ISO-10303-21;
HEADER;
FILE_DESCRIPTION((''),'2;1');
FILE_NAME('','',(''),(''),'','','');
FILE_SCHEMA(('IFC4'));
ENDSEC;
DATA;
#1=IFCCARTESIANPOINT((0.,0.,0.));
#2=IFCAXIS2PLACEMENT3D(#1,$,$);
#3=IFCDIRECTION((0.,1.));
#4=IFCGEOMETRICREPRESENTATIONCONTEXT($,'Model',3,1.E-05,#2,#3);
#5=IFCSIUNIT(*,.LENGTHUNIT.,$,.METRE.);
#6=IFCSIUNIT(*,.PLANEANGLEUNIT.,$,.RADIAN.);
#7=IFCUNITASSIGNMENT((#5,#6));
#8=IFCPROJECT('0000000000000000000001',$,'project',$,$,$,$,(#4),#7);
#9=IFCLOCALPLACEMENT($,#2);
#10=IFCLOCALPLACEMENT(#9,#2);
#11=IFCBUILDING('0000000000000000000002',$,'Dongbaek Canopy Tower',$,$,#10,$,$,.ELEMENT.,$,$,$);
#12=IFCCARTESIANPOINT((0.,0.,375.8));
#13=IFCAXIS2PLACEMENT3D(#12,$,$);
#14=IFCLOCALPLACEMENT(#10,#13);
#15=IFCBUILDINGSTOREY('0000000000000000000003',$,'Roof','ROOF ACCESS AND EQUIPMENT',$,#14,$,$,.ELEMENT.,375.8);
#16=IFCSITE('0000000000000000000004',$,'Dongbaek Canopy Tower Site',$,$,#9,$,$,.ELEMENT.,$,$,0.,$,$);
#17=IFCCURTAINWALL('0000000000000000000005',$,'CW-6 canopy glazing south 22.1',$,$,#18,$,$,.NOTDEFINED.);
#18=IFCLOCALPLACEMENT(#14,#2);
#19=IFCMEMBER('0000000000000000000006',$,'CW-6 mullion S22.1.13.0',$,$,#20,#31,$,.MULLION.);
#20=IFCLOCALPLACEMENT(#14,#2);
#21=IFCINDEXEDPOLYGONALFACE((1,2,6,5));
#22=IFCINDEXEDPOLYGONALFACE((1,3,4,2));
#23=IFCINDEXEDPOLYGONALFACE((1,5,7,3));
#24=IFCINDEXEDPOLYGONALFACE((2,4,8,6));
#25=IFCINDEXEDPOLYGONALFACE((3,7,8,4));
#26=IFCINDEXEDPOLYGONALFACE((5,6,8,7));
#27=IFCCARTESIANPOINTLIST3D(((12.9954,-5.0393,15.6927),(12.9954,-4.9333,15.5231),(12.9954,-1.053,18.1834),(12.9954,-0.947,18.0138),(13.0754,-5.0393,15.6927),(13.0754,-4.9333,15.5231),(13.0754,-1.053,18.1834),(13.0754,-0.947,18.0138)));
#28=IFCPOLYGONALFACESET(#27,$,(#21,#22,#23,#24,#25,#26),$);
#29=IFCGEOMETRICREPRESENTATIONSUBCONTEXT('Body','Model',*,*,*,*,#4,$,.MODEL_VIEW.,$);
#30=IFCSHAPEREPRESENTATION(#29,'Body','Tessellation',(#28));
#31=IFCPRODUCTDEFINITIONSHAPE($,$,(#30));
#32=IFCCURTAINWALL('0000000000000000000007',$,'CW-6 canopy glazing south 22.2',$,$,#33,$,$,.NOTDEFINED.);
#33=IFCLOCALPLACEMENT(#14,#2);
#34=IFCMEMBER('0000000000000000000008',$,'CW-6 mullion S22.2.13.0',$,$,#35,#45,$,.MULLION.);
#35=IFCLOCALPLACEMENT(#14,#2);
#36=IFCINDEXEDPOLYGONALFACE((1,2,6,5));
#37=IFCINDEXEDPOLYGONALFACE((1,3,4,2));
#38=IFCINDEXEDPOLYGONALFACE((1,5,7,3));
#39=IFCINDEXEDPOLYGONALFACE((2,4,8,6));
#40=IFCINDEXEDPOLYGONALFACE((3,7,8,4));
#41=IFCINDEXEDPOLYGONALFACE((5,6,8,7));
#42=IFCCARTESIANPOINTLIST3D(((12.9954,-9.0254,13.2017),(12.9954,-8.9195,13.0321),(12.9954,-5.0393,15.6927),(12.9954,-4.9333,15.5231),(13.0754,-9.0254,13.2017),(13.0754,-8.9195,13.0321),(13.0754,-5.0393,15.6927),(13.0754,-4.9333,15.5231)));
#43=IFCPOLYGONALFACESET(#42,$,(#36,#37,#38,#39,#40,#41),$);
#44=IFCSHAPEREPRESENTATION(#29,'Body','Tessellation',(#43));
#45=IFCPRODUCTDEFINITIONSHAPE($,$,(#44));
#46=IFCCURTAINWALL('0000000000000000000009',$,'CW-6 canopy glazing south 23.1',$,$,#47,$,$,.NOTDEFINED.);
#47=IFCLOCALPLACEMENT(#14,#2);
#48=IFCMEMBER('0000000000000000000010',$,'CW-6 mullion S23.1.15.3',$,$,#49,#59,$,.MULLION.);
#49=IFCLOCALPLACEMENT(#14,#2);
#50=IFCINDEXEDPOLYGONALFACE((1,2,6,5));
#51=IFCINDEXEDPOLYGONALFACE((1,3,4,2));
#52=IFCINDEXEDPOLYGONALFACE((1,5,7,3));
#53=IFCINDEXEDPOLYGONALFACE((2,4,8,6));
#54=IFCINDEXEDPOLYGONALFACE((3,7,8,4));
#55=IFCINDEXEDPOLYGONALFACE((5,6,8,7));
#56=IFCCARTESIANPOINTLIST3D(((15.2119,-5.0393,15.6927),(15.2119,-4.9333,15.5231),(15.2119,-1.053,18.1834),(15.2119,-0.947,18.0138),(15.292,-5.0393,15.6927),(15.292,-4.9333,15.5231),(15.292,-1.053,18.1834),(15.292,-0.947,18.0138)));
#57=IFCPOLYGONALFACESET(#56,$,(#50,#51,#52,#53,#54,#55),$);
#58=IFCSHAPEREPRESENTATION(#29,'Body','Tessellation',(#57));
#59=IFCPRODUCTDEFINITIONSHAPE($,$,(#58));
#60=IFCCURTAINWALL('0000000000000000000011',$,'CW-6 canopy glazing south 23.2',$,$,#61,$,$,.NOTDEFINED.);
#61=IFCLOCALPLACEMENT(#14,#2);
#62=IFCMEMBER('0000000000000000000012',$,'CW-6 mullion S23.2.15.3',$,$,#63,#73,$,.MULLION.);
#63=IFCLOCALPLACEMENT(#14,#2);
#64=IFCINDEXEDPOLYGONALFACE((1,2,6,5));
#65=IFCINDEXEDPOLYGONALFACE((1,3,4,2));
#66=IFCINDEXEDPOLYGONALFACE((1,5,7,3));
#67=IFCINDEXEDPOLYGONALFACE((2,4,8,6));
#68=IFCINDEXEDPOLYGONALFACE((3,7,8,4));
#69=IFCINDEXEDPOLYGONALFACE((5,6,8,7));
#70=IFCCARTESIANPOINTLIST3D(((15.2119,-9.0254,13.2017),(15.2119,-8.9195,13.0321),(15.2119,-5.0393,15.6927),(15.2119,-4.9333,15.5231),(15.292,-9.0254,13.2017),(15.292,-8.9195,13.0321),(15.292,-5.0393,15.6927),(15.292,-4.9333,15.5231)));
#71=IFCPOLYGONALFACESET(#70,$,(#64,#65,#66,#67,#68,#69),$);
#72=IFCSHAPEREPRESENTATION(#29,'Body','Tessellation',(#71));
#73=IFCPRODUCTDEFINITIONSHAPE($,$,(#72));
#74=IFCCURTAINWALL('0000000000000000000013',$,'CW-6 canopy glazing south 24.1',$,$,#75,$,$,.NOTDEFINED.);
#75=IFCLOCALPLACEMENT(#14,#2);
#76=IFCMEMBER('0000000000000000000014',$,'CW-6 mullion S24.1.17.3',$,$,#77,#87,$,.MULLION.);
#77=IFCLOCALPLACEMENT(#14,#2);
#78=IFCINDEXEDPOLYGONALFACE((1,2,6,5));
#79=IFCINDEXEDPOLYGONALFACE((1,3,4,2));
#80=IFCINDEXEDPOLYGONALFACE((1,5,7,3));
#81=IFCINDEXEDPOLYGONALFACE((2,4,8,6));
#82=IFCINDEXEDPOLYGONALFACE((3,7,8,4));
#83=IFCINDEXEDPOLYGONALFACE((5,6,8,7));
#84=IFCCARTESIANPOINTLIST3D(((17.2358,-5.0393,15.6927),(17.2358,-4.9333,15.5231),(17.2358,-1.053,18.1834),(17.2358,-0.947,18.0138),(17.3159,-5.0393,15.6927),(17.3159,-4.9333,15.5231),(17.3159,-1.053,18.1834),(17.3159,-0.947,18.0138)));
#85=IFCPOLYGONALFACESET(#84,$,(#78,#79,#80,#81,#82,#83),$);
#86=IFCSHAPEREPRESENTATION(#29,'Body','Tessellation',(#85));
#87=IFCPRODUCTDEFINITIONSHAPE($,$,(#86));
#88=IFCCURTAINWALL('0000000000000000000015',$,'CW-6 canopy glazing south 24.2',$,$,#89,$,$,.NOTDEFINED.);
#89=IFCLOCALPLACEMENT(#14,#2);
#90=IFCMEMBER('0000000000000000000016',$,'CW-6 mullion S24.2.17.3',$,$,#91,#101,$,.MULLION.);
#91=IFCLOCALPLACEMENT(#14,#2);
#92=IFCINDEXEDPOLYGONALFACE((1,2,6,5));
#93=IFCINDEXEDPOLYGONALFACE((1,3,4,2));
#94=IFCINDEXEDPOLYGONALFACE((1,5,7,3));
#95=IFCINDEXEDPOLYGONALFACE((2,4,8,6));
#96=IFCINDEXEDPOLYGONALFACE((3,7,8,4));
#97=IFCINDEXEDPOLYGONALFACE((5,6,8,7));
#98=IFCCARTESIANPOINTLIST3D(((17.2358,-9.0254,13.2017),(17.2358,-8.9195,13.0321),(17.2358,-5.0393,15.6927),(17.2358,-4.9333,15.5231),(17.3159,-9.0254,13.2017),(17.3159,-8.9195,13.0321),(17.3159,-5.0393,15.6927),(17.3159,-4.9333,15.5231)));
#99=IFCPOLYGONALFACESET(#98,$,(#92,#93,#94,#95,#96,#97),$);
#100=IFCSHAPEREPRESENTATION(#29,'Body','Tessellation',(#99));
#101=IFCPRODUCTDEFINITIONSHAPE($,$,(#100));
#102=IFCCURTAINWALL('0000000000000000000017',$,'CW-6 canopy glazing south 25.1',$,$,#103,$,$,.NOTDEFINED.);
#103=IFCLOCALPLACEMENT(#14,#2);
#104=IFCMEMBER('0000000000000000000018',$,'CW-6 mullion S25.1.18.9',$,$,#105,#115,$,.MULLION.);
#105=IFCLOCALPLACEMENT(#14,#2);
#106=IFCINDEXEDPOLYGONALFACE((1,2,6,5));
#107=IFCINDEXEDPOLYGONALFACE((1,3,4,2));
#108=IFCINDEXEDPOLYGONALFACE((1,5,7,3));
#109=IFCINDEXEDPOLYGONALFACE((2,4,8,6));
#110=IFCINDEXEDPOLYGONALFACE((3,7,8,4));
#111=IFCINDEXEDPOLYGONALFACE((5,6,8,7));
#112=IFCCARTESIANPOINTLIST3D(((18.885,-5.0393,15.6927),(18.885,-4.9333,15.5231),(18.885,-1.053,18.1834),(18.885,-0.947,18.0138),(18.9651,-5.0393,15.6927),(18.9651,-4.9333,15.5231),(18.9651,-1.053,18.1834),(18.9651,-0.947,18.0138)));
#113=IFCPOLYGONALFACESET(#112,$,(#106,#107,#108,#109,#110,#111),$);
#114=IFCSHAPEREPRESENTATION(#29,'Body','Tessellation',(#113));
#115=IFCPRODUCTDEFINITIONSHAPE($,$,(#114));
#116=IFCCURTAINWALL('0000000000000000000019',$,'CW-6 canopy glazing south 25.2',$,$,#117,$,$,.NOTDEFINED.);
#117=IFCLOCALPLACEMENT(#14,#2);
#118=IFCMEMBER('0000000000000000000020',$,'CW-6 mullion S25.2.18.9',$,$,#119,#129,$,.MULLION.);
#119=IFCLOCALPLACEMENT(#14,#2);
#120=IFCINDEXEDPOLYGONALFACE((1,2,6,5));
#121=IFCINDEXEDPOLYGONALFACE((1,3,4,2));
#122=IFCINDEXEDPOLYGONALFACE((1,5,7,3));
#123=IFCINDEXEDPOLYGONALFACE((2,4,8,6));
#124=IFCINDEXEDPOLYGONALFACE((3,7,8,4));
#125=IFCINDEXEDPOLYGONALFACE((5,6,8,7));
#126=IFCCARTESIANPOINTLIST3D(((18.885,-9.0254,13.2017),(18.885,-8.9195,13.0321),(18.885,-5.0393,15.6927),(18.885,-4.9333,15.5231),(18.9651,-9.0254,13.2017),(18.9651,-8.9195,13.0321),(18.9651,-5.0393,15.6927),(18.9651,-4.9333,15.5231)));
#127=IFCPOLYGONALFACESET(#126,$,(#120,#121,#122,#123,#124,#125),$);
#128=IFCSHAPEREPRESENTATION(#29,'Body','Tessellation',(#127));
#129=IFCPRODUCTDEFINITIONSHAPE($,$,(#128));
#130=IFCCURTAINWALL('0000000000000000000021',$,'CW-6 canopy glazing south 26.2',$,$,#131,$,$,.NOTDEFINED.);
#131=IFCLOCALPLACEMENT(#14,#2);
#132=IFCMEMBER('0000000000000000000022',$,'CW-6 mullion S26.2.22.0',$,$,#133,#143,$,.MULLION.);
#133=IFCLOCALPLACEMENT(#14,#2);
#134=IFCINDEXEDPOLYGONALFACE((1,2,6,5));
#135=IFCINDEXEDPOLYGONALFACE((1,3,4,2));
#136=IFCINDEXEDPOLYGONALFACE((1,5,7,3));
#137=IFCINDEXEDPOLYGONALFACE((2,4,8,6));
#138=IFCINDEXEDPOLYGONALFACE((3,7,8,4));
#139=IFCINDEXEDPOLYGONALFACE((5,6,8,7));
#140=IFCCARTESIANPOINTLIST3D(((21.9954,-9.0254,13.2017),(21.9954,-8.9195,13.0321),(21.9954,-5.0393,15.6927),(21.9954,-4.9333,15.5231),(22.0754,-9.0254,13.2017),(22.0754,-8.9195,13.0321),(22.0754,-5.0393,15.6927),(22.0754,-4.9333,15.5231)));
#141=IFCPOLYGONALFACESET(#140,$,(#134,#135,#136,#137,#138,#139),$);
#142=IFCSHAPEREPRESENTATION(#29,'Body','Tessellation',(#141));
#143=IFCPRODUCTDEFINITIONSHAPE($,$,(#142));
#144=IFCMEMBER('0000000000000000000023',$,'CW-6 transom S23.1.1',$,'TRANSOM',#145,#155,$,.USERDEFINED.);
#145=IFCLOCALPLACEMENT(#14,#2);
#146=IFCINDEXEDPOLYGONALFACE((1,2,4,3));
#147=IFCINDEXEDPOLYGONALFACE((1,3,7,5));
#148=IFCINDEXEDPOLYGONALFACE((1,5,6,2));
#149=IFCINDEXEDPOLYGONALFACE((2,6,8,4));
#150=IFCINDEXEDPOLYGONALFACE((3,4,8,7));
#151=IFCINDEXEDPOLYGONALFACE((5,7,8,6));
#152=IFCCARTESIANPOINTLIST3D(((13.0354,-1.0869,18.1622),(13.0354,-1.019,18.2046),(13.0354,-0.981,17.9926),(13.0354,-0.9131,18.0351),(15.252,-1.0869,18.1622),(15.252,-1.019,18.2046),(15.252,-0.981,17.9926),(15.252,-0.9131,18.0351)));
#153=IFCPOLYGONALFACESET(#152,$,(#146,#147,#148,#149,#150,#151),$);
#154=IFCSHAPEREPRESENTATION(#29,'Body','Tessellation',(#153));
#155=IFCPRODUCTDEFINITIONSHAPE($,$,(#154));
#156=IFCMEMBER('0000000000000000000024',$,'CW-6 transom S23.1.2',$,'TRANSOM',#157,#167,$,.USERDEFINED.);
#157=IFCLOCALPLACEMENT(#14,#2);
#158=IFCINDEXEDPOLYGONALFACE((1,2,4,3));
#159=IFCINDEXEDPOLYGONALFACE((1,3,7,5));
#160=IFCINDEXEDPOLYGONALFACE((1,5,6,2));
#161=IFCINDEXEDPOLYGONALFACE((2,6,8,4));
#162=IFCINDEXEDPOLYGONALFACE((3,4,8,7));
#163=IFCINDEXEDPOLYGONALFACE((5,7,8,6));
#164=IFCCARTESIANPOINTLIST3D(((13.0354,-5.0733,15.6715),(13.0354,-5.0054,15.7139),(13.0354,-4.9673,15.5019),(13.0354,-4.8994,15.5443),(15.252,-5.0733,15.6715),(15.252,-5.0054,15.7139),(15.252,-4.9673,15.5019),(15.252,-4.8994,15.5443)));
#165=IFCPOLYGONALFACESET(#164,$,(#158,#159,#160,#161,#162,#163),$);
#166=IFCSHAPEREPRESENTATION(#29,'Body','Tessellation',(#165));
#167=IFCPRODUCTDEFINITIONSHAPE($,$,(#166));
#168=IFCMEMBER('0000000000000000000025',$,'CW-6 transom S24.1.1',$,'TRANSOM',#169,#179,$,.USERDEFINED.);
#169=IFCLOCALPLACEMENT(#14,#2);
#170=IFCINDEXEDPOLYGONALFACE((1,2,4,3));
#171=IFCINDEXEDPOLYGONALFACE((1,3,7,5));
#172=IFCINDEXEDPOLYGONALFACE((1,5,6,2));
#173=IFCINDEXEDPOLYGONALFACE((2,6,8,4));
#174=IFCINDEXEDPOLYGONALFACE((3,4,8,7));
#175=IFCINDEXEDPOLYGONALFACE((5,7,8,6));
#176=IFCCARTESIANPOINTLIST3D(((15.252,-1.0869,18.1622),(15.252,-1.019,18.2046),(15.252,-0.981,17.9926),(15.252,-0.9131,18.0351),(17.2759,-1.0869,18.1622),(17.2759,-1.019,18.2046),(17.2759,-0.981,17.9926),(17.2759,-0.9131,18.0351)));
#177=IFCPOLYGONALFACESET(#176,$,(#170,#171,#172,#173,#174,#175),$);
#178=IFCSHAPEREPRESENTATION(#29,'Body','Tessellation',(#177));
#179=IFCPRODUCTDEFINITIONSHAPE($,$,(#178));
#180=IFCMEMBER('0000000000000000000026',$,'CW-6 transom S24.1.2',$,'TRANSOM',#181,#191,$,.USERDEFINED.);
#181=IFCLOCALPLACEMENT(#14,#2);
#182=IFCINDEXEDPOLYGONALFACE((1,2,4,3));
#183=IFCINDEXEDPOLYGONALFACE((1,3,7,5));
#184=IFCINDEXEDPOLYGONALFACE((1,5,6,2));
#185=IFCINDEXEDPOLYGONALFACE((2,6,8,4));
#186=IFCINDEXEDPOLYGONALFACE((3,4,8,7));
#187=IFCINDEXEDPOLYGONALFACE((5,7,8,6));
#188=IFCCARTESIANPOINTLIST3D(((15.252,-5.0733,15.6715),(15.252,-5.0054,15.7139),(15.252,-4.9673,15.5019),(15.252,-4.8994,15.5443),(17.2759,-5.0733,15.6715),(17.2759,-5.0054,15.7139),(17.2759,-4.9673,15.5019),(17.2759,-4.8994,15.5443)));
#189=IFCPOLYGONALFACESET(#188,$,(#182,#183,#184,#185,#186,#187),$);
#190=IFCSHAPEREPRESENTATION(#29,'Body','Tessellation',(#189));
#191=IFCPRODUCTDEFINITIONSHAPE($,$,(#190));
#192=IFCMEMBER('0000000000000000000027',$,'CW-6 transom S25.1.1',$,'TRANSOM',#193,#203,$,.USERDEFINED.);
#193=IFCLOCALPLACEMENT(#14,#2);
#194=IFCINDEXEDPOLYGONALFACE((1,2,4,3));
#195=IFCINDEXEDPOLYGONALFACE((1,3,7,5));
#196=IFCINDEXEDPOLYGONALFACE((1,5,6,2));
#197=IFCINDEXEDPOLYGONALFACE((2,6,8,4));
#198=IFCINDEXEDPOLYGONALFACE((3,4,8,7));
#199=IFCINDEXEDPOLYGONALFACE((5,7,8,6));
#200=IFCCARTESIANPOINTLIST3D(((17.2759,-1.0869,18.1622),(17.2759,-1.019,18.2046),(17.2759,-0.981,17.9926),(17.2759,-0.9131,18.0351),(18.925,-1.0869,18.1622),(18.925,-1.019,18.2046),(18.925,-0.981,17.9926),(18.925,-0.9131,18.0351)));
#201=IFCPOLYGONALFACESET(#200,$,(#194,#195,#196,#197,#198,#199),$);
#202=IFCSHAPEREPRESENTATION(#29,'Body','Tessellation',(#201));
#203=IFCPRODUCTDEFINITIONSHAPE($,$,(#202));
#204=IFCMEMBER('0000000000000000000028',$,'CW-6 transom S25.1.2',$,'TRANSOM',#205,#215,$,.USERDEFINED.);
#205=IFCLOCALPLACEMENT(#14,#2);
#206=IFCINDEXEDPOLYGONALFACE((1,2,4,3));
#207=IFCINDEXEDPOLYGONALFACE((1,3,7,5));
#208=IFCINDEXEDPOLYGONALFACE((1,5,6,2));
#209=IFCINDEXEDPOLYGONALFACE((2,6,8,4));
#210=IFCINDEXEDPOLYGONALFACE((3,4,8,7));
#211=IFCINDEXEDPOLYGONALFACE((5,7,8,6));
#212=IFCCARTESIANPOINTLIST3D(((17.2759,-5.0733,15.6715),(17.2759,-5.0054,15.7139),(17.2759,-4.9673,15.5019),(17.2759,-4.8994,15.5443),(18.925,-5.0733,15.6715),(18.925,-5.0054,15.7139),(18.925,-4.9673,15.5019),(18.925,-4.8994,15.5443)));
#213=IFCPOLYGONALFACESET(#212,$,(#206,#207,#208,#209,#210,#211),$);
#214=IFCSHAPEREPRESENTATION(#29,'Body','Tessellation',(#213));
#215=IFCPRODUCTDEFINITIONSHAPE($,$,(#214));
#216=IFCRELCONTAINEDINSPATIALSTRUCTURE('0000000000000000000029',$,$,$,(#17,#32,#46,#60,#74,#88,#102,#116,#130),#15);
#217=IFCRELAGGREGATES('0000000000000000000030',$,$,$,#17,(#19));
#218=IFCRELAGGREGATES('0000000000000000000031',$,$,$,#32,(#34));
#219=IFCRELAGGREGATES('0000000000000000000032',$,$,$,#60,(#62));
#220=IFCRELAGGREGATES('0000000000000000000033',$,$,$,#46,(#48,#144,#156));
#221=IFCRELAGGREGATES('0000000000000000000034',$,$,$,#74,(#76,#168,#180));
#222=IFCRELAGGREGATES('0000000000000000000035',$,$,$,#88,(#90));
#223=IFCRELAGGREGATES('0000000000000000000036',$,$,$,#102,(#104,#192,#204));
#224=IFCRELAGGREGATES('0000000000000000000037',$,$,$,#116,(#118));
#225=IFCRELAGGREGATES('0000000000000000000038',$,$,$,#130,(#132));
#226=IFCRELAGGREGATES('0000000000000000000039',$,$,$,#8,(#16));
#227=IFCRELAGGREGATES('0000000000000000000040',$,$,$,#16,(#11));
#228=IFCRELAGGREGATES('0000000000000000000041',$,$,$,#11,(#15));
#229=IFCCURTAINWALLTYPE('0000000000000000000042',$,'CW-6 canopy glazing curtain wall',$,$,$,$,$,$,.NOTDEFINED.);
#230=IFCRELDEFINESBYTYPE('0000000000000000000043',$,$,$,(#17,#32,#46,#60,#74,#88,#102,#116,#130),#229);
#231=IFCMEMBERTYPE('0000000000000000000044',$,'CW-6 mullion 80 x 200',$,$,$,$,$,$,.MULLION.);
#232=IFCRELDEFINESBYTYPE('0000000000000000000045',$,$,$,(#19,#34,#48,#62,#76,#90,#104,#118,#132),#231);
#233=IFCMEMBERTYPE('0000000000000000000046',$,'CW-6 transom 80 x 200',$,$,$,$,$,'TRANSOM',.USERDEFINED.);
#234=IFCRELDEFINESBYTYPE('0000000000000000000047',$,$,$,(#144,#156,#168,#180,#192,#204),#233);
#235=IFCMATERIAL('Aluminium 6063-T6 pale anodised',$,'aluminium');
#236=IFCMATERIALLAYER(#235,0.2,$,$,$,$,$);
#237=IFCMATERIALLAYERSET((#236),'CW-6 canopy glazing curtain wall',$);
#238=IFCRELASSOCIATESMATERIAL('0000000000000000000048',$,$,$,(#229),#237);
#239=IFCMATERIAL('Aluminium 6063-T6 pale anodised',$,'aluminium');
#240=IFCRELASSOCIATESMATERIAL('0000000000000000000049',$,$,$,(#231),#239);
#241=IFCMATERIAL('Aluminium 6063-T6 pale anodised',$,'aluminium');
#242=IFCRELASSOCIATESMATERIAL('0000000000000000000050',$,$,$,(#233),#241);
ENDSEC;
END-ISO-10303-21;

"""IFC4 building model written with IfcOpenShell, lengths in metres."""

from ifc_helpers import new_model, si_unit, direction, frame, origin, origin_2d, place, context, subcontext, project, spatial, rectangle, extrude, material, layer, layer_set, material_profile, profile_set, type_object, element, aggregate, save


model = new_model("IFC4")

# Units and contexts
model_context = context("Model", 3, precision=1e-05, world=origin(), true_north=direction((0.0, 1.0)))
body_context = subcontext(model_context, "Body", "Model", "MODEL_VIEW")
ifc_project = project(units=[si_unit("LENGTHUNIT", "METRE"), si_unit("PLANEANGLEUNIT", "RADIAN")], contexts=[model_context])

# Site, building, storey
site_placement = place(None, origin())
site = spatial("IfcSite", under=ifc_project, at=site_placement, Name="Dongbaek Canopy Tower Site", CompositionType="ELEMENT", RefElevation=0.0)
building_placement = place(site_placement, origin())
building = spatial("IfcBuilding", under=site, at=building_placement, Name="Dongbaek Canopy Tower", CompositionType="ELEMENT")
storey_placement = place(building_placement, frame((0.0, 0.0, 375.8)))
storey = spatial("IfcBuildingStorey", under=building, at=storey_placement, Name="Roof", Description="ROOF ACCESS AND EQUIPMENT", CompositionType="ELEMENT", Elevation=375.8)

# Curtain walls, members
ifc_material_1 = material(Name="Aluminium 6063-T6 pale anodised", Category="aluminium")
ifc_layer_1 = layer(ifc_material_1, 0.2)
ifc_layer_set_1 = layer_set([ifc_layer_1], Name="CW-6 canopy glazing curtain wall")
curtain_wall_type = type_object("IfcCurtainWallType", Name="CW-6 canopy glazing curtain wall", PredefinedType="NOTDEFINED", material=ifc_layer_set_1)
curtain_wall_1_placement = place(storey_placement, origin())
curtain_wall_1 = element("IfcCurtainWall", 1, at=curtain_wall_1_placement, inside=storey, type_object=curtain_wall_type, Name="CW-6 canopy glazing south 22.1", PredefinedType="NOTDEFINED")
ifc_material_2 = material(Name="Aluminium 6063-T6 pale anodised", Category="aluminium")
ifc_material_profile_1 = material_profile(ifc_material_2, rectangle(XDim=0.0801, YDim=0.2, at=origin_2d()), Name="CW-6 mullion 80 x 200")
ifc_profile_set_1 = profile_set([ifc_material_profile_1], Name="Aluminium 6063-T6 pale anodised")
member_type_1 = type_object("IfcMemberType", Name="CW-6 mullion 80 x 200", PredefinedType="MULLION", material=ifc_profile_set_1)
member_1_placement = place(storey_placement, frame((13.0354, -1.0, 18.0986), z_axis=(0.0, -0.848068, -0.529887), x_axis=(1.0, 0.0, 0.0)))
member_1 = element("IfcMember", 2, at=member_1_placement, type_object=member_type_1, Name="CW-6 mullion S22.1.13.0", PredefinedType="MULLION", context=body_context, shape_type="SweptSolid", body=[
    extrude(rectangle(XDim=0.0801, YDim=0.2, at=origin_2d()), origin(), (0.0, 0.0, 1.0), 4.7004),
])
aggregate(curtain_wall_1, [member_1])
curtain_wall_2_placement = place(storey_placement, origin())
curtain_wall_2 = element("IfcCurtainWall", 3, at=curtain_wall_2_placement, inside=storey, type_object=curtain_wall_type, Name="CW-6 canopy glazing south 22.2", PredefinedType="NOTDEFINED")
member_2_placement = place(storey_placement, frame((13.0354, -4.9863, 15.6079), z_axis=(0.0, -0.84803, -0.529948), x_axis=(1.0, 0.0, 0.0)))
member_2 = element("IfcMember", 4, at=member_2_placement, type_object=member_type_1, Name="CW-6 mullion S22.2.13.0", PredefinedType="MULLION", context=body_context, shape_type="SweptSolid", body=[
    extrude(rectangle(XDim=0.0801, YDim=0.2, at=origin_2d()), origin(), (0.0, 0.0, 1.0), 4.7004),
])
aggregate(curtain_wall_2, [member_2])
curtain_wall_3_placement = place(storey_placement, origin())
curtain_wall_3 = element("IfcCurtainWall", 5, at=curtain_wall_3_placement, inside=storey, type_object=curtain_wall_type, Name="CW-6 canopy glazing south 23.1", PredefinedType="NOTDEFINED")
member_3_placement = place(storey_placement, frame((15.252, -1.0, 18.0986), z_axis=(0.0, -0.848068, -0.529887), x_axis=(1.0, 0.0, 0.0)))
member_3 = element("IfcMember", 6, at=member_3_placement, type_object=member_type_1, Name="CW-6 mullion S23.1.15.3", PredefinedType="MULLION", context=body_context, shape_type="SweptSolid", body=[
    extrude(rectangle(XDim=0.0801, YDim=0.2, at=origin_2d()), origin(), (0.0, 0.0, 1.0), 4.7004),
])
curtain_wall_4_placement = place(storey_placement, origin())
curtain_wall_4 = element("IfcCurtainWall", 7, at=curtain_wall_4_placement, inside=storey, type_object=curtain_wall_type, Name="CW-6 canopy glazing south 23.2", PredefinedType="NOTDEFINED")
member_4_placement = place(storey_placement, frame((15.252, -4.9863, 15.6079), z_axis=(0.0, -0.84803, -0.529948), x_axis=(1.0, 0.0, 0.0)))
member_4 = element("IfcMember", 8, at=member_4_placement, type_object=member_type_1, Name="CW-6 mullion S23.2.15.3", PredefinedType="MULLION", context=body_context, shape_type="SweptSolid", body=[
    extrude(rectangle(XDim=0.0801, YDim=0.2, at=origin_2d()), origin(), (0.0, 0.0, 1.0), 4.7004),
])
aggregate(curtain_wall_4, [member_4])
curtain_wall_5_placement = place(storey_placement, origin())
curtain_wall_5 = element("IfcCurtainWall", 9, at=curtain_wall_5_placement, inside=storey, type_object=curtain_wall_type, Name="CW-6 canopy glazing south 24.1", PredefinedType="NOTDEFINED")
member_5_placement = place(storey_placement, frame((17.2759, -1.0, 18.0986), z_axis=(0.0, -0.848068, -0.529887), x_axis=(1.0, 0.0, 0.0)))
member_5 = element("IfcMember", 10, at=member_5_placement, type_object=member_type_1, Name="CW-6 mullion S24.1.17.3", PredefinedType="MULLION", context=body_context, shape_type="SweptSolid", body=[
    extrude(rectangle(XDim=0.0801, YDim=0.2, at=origin_2d()), origin(), (0.0, 0.0, 1.0), 4.7004),
])
curtain_wall_6_placement = place(storey_placement, origin())
curtain_wall_6 = element("IfcCurtainWall", 11, at=curtain_wall_6_placement, inside=storey, type_object=curtain_wall_type, Name="CW-6 canopy glazing south 24.2", PredefinedType="NOTDEFINED")
member_6_placement = place(storey_placement, frame((17.2759, -4.9863, 15.6079), z_axis=(0.0, -0.84803, -0.529948), x_axis=(1.0, 0.0, 0.0)))
member_6 = element("IfcMember", 12, at=member_6_placement, type_object=member_type_1, Name="CW-6 mullion S24.2.17.3", PredefinedType="MULLION", context=body_context, shape_type="SweptSolid", body=[
    extrude(rectangle(XDim=0.0801, YDim=0.2, at=origin_2d()), origin(), (0.0, 0.0, 1.0), 4.7004),
])
curtain_wall_7_placement = place(storey_placement, origin())
curtain_wall_7 = element("IfcCurtainWall", 13, at=curtain_wall_7_placement, inside=storey, type_object=curtain_wall_type, Name="CW-6 canopy glazing south 25.1", PredefinedType="NOTDEFINED")
member_7_placement = place(storey_placement, frame((18.925, -1.0, 18.0986), z_axis=(0.0, -0.848068, -0.529887), x_axis=(1.0, 0.0, 0.0)))
member_7 = element("IfcMember", 14, at=member_7_placement, type_object=member_type_1, Name="CW-6 mullion S25.1.18.9", PredefinedType="MULLION", context=body_context, shape_type="SweptSolid", body=[
    extrude(rectangle(XDim=0.0801, YDim=0.2, at=origin_2d()), origin(), (0.0, 0.0, 1.0), 4.7004),
])
curtain_wall_8_placement = place(storey_placement, origin())
curtain_wall_8 = element("IfcCurtainWall", 15, at=curtain_wall_8_placement, inside=storey, type_object=curtain_wall_type, Name="CW-6 canopy glazing south 25.2", PredefinedType="NOTDEFINED")
member_8_placement = place(storey_placement, frame((18.925, -4.9863, 15.6079), z_axis=(0.0, -0.84803, -0.529948), x_axis=(1.0, 0.0, 0.0)))
member_8 = element("IfcMember", 16, at=member_8_placement, type_object=member_type_1, Name="CW-6 mullion S25.2.18.9", PredefinedType="MULLION", context=body_context, shape_type="SweptSolid", body=[
    extrude(rectangle(XDim=0.0801, YDim=0.2, at=origin_2d()), origin(), (0.0, 0.0, 1.0), 4.7004),
])
curtain_wall_9_placement = place(storey_placement, origin())
curtain_wall_9 = element("IfcCurtainWall", 17, at=curtain_wall_9_placement, inside=storey, type_object=curtain_wall_type, Name="CW-6 canopy glazing south 26.2", PredefinedType="NOTDEFINED")
member_9_placement = place(storey_placement, frame((22.0354, -4.9863, 15.6079), z_axis=(0.0, -0.84803, -0.529948), x_axis=(1.0, 0.0, 0.0)))
member_9 = element("IfcMember", 18, at=member_9_placement, type_object=member_type_1, Name="CW-6 mullion S26.2.22.0", PredefinedType="MULLION", context=body_context, shape_type="SweptSolid", body=[
    extrude(rectangle(XDim=0.0801, YDim=0.2, at=origin_2d()), origin(), (0.0, 0.0, 1.0), 4.7004),
])

# Members
ifc_material_3 = material(Name="Aluminium 6063-T6 pale anodised", Category="aluminium")
ifc_material_profile_2 = material_profile(ifc_material_3, rectangle(XDim=0.0801, YDim=0.2, at=origin_2d()), Name="CW-6 transom 80 x 200")
ifc_profile_set_2 = profile_set([ifc_material_profile_2], Name="Aluminium 6063-T6 pale anodised")
member_type_2 = type_object("IfcMemberType", Name="CW-6 transom 80 x 200", ElementType="TRANSOM", PredefinedType="USERDEFINED", material=ifc_profile_set_2)
member_10_placement = place(storey_placement, frame((13.0354, -1.0, 18.0986), z_axis=(1.0, 0.0, 0.0), x_axis=(0.0, 0.848048, 0.529919)))
member_10 = element("IfcMember", 19, at=member_10_placement, type_object=member_type_2, Name="CW-6 transom S23.1.1", ObjectType="TRANSOM", PredefinedType="USERDEFINED", context=body_context, shape_type="SweptSolid", body=[
    extrude(rectangle(XDim=0.0801, YDim=0.2, at=origin_2d()), origin(), (0.0, 0.0, 1.0), 2.2166),
])
member_11_placement = place(storey_placement, frame((13.0354, -4.9863, 15.6079), z_axis=(1.0, 0.0, 0.0), x_axis=(0.0, 0.848048, 0.529919)))
member_11 = element("IfcMember", 20, at=member_11_placement, type_object=member_type_2, Name="CW-6 transom S23.1.2", ObjectType="TRANSOM", PredefinedType="USERDEFINED", context=body_context, shape_type="SweptSolid", body=[
    extrude(rectangle(XDim=0.0801, YDim=0.2, at=origin_2d()), origin(), (0.0, 0.0, 1.0), 2.2166),
])
member_12_placement = place(storey_placement, frame((15.252, -1.0, 18.0986), z_axis=(1.0, 0.0, 0.0), x_axis=(0.0, 0.848048, 0.529919)))
member_12 = element("IfcMember", 21, at=member_12_placement, type_object=member_type_2, Name="CW-6 transom S24.1.1", ObjectType="TRANSOM", PredefinedType="USERDEFINED", context=body_context, shape_type="SweptSolid", body=[
    extrude(rectangle(XDim=0.0801, YDim=0.2, at=origin_2d()), origin(), (0.0, 0.0, 1.0), 2.0239),
])
member_13_placement = place(storey_placement, frame((15.252, -4.9863, 15.6079), z_axis=(1.0, 0.0, 0.0), x_axis=(0.0, 0.848048, 0.529919)))
member_13 = element("IfcMember", 22, at=member_13_placement, type_object=member_type_2, Name="CW-6 transom S24.1.2", ObjectType="TRANSOM", PredefinedType="USERDEFINED", context=body_context, shape_type="SweptSolid", body=[
    extrude(rectangle(XDim=0.0801, YDim=0.2, at=origin_2d()), origin(), (0.0, 0.0, 1.0), 2.0239),
])
member_14_placement = place(storey_placement, frame((17.2759, -1.0, 18.0986), z_axis=(1.0, 0.0, 0.0), x_axis=(0.0, 0.848048, 0.529919)))
member_14 = element("IfcMember", 23, at=member_14_placement, type_object=member_type_2, Name="CW-6 transom S25.1.1", ObjectType="TRANSOM", PredefinedType="USERDEFINED", context=body_context, shape_type="SweptSolid", body=[
    extrude(rectangle(XDim=0.0801, YDim=0.2, at=origin_2d()), origin(), (0.0, 0.0, 1.0), 1.6492),
])
member_15_placement = place(storey_placement, frame((17.2759, -4.9863, 15.6079), z_axis=(1.0, 0.0, 0.0), x_axis=(0.0, 0.848048, 0.529919)))
member_15 = element("IfcMember", 24, at=member_15_placement, type_object=member_type_2, Name="CW-6 transom S25.1.2", ObjectType="TRANSOM", PredefinedType="USERDEFINED", context=body_context, shape_type="SweptSolid", body=[
    extrude(rectangle(XDim=0.0801, YDim=0.2, at=origin_2d()), origin(), (0.0, 0.0, 1.0), 1.6492),
])

aggregate(curtain_wall_3, [member_3, member_10, member_11])
aggregate(curtain_wall_5, [member_5, member_12, member_13])
aggregate(curtain_wall_6, [member_6])
aggregate(curtain_wall_7, [member_7, member_14, member_15])
aggregate(curtain_wall_8, [member_8])
aggregate(curtain_wall_9, [member_9])

save(model, "model.ifc")
